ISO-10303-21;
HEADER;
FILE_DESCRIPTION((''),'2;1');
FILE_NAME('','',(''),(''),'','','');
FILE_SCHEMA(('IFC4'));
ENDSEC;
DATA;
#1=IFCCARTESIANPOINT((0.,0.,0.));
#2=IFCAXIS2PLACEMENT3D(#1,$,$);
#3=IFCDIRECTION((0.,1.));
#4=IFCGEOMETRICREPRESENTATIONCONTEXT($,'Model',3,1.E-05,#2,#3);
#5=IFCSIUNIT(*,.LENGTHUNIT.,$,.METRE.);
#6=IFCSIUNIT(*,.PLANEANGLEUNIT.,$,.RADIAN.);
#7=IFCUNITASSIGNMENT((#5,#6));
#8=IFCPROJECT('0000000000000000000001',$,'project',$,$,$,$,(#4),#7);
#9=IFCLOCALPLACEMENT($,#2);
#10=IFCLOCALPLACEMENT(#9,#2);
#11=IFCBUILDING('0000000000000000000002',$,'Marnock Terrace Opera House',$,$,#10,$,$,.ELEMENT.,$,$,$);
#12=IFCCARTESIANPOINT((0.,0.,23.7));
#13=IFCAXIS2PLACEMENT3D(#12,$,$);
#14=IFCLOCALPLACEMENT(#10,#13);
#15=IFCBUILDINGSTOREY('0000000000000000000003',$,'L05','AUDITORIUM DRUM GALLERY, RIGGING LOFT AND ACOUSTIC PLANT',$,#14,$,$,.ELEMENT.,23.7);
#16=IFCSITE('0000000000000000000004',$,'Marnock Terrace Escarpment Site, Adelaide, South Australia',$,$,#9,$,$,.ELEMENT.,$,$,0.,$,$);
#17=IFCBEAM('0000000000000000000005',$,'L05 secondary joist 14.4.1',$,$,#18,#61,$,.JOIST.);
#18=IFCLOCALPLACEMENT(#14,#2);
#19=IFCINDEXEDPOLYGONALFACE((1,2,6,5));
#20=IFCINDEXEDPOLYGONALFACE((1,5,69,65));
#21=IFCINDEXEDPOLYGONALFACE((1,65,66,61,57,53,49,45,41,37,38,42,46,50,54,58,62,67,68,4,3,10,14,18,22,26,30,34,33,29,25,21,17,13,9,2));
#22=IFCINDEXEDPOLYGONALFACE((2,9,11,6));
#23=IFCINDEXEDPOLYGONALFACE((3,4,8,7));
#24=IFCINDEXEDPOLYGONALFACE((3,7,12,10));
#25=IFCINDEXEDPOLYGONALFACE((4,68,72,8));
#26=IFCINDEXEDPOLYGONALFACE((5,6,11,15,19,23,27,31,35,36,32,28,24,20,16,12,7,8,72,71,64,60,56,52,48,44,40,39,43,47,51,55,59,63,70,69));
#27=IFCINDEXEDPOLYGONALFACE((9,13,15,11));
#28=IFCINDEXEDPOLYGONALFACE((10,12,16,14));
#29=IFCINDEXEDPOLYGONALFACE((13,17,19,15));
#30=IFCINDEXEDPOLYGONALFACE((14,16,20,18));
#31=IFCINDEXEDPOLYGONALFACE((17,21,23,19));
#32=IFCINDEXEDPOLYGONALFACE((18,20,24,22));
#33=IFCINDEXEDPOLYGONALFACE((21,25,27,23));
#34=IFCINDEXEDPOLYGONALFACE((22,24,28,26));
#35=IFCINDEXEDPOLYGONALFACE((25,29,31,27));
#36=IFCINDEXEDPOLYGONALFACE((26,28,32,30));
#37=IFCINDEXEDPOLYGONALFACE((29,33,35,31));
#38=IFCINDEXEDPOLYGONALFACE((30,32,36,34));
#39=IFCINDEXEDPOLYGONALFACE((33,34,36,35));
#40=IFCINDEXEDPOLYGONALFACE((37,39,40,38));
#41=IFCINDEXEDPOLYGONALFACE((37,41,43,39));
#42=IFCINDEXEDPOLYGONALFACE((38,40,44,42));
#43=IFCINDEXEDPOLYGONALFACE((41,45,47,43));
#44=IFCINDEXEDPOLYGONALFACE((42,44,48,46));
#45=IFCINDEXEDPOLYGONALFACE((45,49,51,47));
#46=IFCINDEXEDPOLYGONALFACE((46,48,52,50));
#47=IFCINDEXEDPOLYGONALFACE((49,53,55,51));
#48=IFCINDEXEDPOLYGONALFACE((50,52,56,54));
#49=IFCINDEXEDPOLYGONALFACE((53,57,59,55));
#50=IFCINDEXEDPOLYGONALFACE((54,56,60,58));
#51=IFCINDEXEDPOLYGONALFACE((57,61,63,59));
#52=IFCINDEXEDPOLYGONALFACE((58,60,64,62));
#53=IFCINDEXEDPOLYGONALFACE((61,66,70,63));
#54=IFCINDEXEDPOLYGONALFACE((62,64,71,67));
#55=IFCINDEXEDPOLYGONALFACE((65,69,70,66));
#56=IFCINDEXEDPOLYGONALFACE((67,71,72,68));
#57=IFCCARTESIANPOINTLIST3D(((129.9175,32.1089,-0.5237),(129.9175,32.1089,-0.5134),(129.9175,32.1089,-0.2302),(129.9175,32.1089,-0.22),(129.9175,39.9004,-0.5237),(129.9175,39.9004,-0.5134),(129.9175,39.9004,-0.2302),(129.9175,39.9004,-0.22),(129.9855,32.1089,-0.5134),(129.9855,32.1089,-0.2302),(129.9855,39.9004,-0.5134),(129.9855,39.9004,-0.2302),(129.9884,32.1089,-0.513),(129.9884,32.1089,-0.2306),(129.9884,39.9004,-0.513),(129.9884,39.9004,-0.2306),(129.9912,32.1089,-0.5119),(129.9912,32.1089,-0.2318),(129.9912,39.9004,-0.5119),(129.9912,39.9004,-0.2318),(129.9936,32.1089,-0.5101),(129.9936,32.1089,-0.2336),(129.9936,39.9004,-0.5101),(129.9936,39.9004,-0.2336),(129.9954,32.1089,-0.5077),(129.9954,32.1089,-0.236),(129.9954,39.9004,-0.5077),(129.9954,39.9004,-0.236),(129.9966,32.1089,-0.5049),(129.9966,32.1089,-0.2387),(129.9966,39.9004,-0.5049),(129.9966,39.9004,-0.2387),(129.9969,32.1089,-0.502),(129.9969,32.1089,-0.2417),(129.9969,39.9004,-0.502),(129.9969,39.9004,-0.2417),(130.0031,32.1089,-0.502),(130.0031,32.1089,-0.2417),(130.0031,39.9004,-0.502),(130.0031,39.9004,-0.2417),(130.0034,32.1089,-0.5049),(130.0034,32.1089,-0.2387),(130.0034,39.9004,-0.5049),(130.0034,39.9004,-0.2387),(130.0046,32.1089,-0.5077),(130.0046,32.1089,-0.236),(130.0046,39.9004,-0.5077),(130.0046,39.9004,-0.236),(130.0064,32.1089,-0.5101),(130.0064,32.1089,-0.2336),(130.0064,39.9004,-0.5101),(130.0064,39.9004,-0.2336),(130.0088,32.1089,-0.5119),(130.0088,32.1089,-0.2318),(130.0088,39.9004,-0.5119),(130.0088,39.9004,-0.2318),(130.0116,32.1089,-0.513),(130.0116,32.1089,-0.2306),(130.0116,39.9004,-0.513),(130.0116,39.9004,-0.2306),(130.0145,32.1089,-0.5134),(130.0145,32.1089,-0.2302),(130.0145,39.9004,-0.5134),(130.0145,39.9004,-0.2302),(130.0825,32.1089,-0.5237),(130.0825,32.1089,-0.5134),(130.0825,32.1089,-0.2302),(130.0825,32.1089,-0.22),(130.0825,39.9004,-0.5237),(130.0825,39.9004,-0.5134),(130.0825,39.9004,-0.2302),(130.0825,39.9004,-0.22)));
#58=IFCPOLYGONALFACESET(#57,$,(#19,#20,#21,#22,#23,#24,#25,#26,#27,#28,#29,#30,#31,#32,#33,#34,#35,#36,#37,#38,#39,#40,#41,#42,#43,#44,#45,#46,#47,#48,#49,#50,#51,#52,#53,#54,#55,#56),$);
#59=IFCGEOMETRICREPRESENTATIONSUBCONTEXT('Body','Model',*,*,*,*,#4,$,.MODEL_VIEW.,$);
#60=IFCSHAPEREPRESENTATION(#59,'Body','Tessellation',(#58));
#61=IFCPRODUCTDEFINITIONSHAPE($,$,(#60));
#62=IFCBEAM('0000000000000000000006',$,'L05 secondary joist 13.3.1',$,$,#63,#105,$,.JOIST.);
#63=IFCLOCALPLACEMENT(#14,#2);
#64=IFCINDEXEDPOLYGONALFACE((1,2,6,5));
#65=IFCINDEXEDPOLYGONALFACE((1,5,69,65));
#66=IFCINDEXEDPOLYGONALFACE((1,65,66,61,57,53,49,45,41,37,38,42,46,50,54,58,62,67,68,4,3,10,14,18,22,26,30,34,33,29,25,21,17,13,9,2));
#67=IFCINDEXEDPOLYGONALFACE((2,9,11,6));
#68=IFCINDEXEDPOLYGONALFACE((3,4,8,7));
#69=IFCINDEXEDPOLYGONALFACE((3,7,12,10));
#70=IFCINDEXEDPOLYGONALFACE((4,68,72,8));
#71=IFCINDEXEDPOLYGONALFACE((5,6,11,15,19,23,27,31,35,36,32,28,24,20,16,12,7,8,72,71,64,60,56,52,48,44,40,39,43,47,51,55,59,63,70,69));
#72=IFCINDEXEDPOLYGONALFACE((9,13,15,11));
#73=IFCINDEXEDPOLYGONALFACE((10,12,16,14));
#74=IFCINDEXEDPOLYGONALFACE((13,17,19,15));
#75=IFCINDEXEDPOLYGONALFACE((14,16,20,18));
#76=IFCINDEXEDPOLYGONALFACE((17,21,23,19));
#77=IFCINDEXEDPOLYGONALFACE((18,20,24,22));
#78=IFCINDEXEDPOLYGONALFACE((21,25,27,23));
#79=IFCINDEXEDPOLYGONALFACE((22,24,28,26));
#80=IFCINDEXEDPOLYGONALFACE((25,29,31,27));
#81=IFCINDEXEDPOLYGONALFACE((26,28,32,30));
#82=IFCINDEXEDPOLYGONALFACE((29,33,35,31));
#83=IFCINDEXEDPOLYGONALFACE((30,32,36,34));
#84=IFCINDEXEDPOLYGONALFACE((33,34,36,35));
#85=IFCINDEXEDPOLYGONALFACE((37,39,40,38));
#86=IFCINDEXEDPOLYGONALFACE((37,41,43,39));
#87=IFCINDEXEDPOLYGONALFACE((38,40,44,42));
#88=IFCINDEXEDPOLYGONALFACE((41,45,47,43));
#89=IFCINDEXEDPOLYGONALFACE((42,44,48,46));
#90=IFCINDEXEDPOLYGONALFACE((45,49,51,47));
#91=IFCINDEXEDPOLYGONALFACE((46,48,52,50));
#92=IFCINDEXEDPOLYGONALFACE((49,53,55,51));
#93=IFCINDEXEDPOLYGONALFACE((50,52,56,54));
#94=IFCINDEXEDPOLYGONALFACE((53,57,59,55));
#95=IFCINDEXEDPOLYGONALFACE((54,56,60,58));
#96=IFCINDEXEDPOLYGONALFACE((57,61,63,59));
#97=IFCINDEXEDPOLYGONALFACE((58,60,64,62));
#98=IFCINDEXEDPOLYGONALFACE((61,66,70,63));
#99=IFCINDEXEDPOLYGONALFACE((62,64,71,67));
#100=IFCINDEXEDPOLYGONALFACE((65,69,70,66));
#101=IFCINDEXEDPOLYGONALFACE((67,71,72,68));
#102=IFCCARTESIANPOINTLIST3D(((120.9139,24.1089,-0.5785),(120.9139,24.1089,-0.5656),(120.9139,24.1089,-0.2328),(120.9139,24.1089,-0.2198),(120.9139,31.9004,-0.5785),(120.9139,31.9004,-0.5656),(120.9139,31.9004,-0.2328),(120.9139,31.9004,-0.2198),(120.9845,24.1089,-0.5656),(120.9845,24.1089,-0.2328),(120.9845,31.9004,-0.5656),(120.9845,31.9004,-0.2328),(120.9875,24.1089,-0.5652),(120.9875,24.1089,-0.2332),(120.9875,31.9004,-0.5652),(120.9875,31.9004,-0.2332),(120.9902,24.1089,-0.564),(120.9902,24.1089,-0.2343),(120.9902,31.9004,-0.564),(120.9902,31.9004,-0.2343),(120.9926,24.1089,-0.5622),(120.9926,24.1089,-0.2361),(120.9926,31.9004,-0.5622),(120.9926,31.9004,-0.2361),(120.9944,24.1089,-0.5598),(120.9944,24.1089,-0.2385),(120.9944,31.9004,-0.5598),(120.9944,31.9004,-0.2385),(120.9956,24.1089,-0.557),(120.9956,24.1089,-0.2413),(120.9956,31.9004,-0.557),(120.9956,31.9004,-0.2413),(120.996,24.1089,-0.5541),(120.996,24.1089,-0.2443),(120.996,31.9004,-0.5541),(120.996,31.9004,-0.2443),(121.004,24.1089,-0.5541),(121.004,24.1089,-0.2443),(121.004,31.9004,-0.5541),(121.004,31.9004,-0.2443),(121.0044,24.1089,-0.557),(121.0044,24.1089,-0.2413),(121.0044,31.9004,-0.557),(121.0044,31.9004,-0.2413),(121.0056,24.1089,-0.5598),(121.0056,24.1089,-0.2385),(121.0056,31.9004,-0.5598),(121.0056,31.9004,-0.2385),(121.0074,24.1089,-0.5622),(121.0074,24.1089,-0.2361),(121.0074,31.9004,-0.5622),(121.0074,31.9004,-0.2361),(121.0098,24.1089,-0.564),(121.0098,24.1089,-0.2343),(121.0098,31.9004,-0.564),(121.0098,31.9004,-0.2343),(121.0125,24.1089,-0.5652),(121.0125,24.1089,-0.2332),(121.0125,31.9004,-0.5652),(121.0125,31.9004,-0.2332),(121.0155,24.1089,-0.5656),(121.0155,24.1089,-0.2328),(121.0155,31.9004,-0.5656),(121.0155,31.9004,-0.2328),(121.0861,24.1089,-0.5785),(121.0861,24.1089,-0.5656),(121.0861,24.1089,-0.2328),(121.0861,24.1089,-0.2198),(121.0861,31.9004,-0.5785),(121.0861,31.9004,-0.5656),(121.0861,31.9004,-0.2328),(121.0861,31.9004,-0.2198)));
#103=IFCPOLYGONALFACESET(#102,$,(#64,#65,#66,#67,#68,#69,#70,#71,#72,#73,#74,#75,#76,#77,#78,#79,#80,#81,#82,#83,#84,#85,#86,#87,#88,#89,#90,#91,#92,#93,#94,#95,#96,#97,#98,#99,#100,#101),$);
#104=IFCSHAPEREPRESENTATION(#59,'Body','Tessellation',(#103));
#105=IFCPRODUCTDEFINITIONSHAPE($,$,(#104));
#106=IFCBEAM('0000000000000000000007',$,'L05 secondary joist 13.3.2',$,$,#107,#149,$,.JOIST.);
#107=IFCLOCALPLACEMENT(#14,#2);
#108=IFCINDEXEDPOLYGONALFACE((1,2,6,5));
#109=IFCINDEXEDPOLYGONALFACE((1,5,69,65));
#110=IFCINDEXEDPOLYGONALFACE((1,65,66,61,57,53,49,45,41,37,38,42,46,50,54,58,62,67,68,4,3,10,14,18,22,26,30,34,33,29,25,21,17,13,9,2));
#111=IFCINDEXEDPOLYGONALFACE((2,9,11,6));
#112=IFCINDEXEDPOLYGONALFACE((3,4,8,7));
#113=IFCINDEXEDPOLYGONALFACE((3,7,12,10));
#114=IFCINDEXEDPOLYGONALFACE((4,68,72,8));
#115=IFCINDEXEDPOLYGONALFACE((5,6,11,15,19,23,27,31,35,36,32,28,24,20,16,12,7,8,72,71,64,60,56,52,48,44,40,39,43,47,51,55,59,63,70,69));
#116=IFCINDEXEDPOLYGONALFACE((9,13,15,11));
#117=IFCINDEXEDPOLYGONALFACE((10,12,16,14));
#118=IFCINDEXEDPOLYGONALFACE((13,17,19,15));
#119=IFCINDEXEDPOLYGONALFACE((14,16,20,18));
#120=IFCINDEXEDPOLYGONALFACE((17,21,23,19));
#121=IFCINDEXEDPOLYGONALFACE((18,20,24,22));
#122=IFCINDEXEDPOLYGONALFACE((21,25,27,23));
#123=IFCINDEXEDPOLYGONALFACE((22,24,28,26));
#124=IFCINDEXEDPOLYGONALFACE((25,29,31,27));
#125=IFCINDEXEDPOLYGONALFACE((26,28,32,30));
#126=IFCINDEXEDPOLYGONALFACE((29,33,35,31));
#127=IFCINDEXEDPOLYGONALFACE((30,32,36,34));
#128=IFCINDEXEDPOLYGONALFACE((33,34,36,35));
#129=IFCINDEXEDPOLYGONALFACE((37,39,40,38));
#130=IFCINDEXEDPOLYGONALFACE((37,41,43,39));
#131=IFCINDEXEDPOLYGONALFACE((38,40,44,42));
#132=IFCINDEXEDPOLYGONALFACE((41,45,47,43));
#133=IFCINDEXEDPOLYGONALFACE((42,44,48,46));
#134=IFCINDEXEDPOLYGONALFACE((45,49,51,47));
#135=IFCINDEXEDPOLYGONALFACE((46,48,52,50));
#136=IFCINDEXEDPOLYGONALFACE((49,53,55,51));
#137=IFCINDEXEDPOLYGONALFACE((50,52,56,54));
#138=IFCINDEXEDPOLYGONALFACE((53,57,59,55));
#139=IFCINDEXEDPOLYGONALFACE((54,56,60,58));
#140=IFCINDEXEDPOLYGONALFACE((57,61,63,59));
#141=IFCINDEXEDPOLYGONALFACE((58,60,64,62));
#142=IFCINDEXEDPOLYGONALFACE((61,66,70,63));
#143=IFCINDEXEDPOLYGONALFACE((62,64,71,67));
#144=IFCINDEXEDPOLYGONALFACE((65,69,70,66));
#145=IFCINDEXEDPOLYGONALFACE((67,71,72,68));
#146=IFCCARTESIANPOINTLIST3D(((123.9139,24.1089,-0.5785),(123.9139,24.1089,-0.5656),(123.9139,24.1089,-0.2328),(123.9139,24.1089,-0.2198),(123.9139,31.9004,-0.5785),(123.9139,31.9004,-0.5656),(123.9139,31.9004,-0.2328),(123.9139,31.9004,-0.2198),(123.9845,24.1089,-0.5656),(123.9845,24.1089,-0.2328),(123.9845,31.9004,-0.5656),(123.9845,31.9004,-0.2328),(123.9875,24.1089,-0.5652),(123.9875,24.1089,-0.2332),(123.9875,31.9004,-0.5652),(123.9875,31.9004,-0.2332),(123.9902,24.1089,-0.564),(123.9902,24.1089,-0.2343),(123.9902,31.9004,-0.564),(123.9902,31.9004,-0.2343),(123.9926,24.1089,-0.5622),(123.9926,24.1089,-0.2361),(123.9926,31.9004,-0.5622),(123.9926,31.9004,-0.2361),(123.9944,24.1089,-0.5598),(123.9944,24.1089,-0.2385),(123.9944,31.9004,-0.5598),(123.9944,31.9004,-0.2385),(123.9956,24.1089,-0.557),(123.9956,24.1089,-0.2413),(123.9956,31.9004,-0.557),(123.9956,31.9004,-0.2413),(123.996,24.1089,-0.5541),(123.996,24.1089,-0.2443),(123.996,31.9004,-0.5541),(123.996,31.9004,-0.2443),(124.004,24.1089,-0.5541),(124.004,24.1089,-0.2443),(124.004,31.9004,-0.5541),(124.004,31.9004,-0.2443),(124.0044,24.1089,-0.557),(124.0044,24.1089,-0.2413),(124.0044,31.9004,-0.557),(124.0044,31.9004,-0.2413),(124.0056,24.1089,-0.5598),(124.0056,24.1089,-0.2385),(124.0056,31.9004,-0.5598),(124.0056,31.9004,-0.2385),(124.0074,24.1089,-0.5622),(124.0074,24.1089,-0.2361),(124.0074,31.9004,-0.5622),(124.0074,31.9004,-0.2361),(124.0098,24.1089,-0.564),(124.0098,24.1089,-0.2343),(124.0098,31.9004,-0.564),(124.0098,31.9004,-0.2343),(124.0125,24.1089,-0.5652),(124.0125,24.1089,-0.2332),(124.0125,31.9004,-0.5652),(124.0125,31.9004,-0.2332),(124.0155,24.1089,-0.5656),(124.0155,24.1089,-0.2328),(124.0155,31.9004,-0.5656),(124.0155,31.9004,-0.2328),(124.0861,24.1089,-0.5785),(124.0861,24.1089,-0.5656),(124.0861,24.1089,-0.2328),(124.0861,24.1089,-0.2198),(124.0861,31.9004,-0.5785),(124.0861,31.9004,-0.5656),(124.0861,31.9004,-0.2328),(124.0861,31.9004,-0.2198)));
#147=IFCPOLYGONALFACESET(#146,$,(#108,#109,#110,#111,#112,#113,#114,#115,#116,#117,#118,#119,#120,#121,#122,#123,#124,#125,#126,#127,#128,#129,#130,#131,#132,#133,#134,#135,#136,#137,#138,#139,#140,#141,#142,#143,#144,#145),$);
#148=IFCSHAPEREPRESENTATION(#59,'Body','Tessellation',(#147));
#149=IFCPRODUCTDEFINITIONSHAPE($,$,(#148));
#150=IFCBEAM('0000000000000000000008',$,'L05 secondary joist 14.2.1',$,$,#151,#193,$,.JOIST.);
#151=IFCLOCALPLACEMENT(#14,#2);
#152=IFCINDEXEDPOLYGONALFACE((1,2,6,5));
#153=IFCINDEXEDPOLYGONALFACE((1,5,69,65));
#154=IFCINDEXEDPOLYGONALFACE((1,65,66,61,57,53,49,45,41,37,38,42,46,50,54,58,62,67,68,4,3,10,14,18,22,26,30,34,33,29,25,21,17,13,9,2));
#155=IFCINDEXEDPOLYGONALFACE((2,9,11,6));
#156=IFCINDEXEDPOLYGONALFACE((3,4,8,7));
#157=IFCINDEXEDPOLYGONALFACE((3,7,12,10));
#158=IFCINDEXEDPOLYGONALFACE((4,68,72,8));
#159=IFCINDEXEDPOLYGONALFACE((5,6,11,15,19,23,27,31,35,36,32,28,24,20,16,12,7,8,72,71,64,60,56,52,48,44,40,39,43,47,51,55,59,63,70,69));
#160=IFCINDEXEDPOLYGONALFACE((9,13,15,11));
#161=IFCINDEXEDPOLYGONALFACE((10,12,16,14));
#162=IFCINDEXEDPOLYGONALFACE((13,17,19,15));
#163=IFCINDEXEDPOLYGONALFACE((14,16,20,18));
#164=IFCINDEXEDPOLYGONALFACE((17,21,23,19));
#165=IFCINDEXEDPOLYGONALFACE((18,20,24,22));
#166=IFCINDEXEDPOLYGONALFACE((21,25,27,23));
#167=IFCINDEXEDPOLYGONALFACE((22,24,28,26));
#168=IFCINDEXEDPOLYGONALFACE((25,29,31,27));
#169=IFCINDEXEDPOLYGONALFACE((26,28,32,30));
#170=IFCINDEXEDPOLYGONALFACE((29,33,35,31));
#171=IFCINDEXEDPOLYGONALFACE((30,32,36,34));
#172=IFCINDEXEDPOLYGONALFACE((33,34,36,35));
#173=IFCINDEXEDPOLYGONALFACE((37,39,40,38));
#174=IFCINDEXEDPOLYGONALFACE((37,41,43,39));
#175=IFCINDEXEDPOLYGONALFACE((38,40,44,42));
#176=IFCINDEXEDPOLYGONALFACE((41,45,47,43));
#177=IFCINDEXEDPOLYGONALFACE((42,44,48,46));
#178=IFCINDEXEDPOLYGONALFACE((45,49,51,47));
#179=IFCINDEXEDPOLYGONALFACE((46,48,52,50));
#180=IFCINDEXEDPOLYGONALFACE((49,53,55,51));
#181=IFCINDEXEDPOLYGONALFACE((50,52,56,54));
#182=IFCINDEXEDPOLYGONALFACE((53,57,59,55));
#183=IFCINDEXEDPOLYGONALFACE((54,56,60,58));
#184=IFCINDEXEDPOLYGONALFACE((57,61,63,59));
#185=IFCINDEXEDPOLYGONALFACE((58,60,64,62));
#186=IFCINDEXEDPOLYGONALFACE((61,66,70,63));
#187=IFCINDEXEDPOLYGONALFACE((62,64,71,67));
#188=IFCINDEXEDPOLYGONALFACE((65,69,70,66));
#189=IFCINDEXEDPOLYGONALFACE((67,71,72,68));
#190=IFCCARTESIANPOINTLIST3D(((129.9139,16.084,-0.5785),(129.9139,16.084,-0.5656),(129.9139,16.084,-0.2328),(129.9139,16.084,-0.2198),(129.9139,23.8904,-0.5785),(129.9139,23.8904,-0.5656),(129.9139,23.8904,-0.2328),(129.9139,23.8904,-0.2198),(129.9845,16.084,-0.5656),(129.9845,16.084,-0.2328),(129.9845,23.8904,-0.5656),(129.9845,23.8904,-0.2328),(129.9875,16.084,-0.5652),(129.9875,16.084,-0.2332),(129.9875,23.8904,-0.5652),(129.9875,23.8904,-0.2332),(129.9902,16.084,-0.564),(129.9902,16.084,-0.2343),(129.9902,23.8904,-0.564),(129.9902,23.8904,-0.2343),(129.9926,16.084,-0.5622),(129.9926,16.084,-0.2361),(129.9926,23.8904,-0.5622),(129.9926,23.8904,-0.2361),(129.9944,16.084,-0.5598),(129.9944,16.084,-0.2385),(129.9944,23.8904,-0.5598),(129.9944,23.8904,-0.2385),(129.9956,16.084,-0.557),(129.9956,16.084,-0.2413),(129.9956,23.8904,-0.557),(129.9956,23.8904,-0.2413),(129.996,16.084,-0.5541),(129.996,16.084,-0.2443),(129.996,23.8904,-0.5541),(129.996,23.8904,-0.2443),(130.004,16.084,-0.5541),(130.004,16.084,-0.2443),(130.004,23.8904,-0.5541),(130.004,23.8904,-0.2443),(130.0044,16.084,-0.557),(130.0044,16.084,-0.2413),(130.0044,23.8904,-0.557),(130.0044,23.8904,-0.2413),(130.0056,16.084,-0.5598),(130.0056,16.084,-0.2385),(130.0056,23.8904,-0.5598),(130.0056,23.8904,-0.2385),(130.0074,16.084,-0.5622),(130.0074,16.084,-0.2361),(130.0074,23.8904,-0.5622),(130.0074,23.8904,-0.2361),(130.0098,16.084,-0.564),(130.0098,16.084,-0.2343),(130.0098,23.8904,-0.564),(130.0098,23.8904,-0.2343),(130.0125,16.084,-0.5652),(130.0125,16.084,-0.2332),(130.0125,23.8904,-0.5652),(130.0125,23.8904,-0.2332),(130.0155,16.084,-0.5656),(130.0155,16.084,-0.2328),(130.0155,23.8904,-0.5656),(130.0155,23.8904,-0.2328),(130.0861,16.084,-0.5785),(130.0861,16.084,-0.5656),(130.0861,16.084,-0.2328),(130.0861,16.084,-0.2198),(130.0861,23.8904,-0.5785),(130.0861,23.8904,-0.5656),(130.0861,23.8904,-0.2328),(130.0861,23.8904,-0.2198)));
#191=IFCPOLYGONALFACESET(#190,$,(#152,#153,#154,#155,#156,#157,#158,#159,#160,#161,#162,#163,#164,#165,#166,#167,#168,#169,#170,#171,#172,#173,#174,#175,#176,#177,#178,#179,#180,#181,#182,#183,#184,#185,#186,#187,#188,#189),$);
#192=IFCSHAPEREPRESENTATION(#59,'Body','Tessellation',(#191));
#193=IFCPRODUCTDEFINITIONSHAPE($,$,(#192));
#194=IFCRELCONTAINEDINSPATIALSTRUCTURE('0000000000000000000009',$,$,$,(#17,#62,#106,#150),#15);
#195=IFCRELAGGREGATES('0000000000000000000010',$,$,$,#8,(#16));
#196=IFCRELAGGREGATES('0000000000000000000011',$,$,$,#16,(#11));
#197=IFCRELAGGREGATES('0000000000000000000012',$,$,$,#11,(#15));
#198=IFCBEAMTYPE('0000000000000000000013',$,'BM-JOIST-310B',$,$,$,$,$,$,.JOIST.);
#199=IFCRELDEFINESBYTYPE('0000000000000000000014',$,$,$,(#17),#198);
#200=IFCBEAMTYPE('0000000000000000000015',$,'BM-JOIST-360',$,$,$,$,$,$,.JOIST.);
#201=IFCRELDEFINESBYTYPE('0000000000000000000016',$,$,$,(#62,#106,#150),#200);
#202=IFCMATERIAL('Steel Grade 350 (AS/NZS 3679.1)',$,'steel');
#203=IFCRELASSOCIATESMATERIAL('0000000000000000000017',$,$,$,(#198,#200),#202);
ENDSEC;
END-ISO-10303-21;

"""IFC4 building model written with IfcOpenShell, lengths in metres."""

from ifc_helpers import new_model, si_unit, direction, frame, origin, origin_2d, place, context, subcontext, project, spatial, i_section, extrude, material, material_profile, profile_set, type_object, element, save


model = new_model("IFC4")

# Units and contexts
model_context = context("Model", 3, precision=1e-05, world=origin(), true_north=direction((0.0, 1.0)))
body_context = subcontext(model_context, "Body", "Model", "MODEL_VIEW")
ifc_project = project(units=[si_unit("LENGTHUNIT", "METRE"), si_unit("PLANEANGLEUNIT", "RADIAN")], contexts=[model_context])

# Site, building, storey
site_placement = place(None, origin())
site = spatial("IfcSite", under=ifc_project, at=site_placement, Name="Marnock Terrace Escarpment Site, Adelaide, South Australia", CompositionType="ELEMENT", RefElevation=0.0)
building_placement = place(site_placement, origin())
building = spatial("IfcBuilding", under=site, at=building_placement, Name="Marnock Terrace Opera House", CompositionType="ELEMENT")
storey_placement = place(building_placement, frame((0.0, 0.0, 23.7)))
storey = spatial("IfcBuildingStorey", under=building, at=storey_placement, Name="L05", Description="AUDITORIUM DRUM GALLERY, RIGGING LOFT AND ACOUSTIC PLANT", CompositionType="ELEMENT", Elevation=23.7)

# Beams
ifc_material = material(Name="Steel Grade 350 (AS/NZS 3679.1)", Category="steel")
ifc_material_profile_1 = material_profile(ifc_material, i_section(OverallWidth=0.165, OverallDepth=0.3037, WebThickness=0.0061, FlangeThickness=0.0103, FilletRadius=0.0115, at=origin_2d()))
ifc_profile_set_1 = profile_set([ifc_material_profile_1], Name="Steel Grade 350 (AS/NZS 3679.1)")
beam_type_1 = type_object("IfcBeamType", Name="BM-JOIST-310B", PredefinedType="JOIST", material=ifc_profile_set_1)
beam_1_placement = place(storey_placement, frame((130.0, 32.1089, -0.3718), z_axis=(0.0, 1.0, 0.0), x_axis=(-1.0, 0.0, 0.0)))
element("IfcBeam", 1, at=beam_1_placement, inside=storey, type_object=beam_type_1, Name="L05 secondary joist 14.4.1", PredefinedType="JOIST", context=body_context, shape_type="SweptSolid", body=[
    extrude(i_section(OverallWidth=0.165, OverallDepth=0.3037, WebThickness=0.0061, FlangeThickness=0.0103, FilletRadius=0.0115, at=origin_2d()), origin(), (0.0, 0.0, 1.0), 7.7915),
])
ifc_material_profile_2 = material_profile(ifc_material, i_section(OverallWidth=0.1721, OverallDepth=0.3586, WebThickness=0.0081, FlangeThickness=0.0129, FilletRadius=0.0115, at=origin_2d()))
ifc_profile_set_2 = profile_set([ifc_material_profile_2], Name="Steel Grade 350 (AS/NZS 3679.1)")
beam_type_2 = type_object("IfcBeamType", Name="BM-JOIST-360", PredefinedType="JOIST", material=ifc_profile_set_2)
for number, where, z_axis, x_axis, name in (
    (2, (121.0, 24.1089, -0.3992), (0.0, 1.0, 0.0), (-1.0, 0.0, 0.0), "L05 secondary joist 13.3.1"),
    (3, (124.0, 24.1089, -0.3992), (0.0, 1.0, 0.0), (-1.0, 0.0, 0.0), "L05 secondary joist 13.3.2"),
):
    element("IfcBeam", number, at=place(storey_placement, frame(where, z_axis=z_axis, x_axis=x_axis)), inside=storey, type_object=beam_type_2, Name=name, PredefinedType="JOIST", context=body_context, shape_type="SweptSolid", body=[
        extrude(i_section(OverallWidth=0.1721, OverallDepth=0.3586, WebThickness=0.0081, FlangeThickness=0.0129, FilletRadius=0.0115, at=origin_2d()), origin(), (0.0, 0.0, 1.0), 7.7915),
    ])
for number, where, z_axis, x_axis, name in (
    (4, (130.0, 16.084, -0.3992), (0.0, 1.0, 0.0), (-1.0, 0.0, 0.0), "L05 secondary joist 14.2.1"),
):
    element("IfcBeam", number, at=place(storey_placement, frame(where, z_axis=z_axis, x_axis=x_axis)), inside=storey, type_object=beam_type_2, Name=name, PredefinedType="JOIST", context=body_context, shape_type="SweptSolid", body=[
        extrude(i_section(OverallWidth=0.1721, OverallDepth=0.3586, WebThickness=0.0081, FlangeThickness=0.0129, FilletRadius=0.0115, at=origin_2d()), origin(), (0.0, 0.0, 1.0), 7.8064),
    ])

save(model, "model.ifc")
